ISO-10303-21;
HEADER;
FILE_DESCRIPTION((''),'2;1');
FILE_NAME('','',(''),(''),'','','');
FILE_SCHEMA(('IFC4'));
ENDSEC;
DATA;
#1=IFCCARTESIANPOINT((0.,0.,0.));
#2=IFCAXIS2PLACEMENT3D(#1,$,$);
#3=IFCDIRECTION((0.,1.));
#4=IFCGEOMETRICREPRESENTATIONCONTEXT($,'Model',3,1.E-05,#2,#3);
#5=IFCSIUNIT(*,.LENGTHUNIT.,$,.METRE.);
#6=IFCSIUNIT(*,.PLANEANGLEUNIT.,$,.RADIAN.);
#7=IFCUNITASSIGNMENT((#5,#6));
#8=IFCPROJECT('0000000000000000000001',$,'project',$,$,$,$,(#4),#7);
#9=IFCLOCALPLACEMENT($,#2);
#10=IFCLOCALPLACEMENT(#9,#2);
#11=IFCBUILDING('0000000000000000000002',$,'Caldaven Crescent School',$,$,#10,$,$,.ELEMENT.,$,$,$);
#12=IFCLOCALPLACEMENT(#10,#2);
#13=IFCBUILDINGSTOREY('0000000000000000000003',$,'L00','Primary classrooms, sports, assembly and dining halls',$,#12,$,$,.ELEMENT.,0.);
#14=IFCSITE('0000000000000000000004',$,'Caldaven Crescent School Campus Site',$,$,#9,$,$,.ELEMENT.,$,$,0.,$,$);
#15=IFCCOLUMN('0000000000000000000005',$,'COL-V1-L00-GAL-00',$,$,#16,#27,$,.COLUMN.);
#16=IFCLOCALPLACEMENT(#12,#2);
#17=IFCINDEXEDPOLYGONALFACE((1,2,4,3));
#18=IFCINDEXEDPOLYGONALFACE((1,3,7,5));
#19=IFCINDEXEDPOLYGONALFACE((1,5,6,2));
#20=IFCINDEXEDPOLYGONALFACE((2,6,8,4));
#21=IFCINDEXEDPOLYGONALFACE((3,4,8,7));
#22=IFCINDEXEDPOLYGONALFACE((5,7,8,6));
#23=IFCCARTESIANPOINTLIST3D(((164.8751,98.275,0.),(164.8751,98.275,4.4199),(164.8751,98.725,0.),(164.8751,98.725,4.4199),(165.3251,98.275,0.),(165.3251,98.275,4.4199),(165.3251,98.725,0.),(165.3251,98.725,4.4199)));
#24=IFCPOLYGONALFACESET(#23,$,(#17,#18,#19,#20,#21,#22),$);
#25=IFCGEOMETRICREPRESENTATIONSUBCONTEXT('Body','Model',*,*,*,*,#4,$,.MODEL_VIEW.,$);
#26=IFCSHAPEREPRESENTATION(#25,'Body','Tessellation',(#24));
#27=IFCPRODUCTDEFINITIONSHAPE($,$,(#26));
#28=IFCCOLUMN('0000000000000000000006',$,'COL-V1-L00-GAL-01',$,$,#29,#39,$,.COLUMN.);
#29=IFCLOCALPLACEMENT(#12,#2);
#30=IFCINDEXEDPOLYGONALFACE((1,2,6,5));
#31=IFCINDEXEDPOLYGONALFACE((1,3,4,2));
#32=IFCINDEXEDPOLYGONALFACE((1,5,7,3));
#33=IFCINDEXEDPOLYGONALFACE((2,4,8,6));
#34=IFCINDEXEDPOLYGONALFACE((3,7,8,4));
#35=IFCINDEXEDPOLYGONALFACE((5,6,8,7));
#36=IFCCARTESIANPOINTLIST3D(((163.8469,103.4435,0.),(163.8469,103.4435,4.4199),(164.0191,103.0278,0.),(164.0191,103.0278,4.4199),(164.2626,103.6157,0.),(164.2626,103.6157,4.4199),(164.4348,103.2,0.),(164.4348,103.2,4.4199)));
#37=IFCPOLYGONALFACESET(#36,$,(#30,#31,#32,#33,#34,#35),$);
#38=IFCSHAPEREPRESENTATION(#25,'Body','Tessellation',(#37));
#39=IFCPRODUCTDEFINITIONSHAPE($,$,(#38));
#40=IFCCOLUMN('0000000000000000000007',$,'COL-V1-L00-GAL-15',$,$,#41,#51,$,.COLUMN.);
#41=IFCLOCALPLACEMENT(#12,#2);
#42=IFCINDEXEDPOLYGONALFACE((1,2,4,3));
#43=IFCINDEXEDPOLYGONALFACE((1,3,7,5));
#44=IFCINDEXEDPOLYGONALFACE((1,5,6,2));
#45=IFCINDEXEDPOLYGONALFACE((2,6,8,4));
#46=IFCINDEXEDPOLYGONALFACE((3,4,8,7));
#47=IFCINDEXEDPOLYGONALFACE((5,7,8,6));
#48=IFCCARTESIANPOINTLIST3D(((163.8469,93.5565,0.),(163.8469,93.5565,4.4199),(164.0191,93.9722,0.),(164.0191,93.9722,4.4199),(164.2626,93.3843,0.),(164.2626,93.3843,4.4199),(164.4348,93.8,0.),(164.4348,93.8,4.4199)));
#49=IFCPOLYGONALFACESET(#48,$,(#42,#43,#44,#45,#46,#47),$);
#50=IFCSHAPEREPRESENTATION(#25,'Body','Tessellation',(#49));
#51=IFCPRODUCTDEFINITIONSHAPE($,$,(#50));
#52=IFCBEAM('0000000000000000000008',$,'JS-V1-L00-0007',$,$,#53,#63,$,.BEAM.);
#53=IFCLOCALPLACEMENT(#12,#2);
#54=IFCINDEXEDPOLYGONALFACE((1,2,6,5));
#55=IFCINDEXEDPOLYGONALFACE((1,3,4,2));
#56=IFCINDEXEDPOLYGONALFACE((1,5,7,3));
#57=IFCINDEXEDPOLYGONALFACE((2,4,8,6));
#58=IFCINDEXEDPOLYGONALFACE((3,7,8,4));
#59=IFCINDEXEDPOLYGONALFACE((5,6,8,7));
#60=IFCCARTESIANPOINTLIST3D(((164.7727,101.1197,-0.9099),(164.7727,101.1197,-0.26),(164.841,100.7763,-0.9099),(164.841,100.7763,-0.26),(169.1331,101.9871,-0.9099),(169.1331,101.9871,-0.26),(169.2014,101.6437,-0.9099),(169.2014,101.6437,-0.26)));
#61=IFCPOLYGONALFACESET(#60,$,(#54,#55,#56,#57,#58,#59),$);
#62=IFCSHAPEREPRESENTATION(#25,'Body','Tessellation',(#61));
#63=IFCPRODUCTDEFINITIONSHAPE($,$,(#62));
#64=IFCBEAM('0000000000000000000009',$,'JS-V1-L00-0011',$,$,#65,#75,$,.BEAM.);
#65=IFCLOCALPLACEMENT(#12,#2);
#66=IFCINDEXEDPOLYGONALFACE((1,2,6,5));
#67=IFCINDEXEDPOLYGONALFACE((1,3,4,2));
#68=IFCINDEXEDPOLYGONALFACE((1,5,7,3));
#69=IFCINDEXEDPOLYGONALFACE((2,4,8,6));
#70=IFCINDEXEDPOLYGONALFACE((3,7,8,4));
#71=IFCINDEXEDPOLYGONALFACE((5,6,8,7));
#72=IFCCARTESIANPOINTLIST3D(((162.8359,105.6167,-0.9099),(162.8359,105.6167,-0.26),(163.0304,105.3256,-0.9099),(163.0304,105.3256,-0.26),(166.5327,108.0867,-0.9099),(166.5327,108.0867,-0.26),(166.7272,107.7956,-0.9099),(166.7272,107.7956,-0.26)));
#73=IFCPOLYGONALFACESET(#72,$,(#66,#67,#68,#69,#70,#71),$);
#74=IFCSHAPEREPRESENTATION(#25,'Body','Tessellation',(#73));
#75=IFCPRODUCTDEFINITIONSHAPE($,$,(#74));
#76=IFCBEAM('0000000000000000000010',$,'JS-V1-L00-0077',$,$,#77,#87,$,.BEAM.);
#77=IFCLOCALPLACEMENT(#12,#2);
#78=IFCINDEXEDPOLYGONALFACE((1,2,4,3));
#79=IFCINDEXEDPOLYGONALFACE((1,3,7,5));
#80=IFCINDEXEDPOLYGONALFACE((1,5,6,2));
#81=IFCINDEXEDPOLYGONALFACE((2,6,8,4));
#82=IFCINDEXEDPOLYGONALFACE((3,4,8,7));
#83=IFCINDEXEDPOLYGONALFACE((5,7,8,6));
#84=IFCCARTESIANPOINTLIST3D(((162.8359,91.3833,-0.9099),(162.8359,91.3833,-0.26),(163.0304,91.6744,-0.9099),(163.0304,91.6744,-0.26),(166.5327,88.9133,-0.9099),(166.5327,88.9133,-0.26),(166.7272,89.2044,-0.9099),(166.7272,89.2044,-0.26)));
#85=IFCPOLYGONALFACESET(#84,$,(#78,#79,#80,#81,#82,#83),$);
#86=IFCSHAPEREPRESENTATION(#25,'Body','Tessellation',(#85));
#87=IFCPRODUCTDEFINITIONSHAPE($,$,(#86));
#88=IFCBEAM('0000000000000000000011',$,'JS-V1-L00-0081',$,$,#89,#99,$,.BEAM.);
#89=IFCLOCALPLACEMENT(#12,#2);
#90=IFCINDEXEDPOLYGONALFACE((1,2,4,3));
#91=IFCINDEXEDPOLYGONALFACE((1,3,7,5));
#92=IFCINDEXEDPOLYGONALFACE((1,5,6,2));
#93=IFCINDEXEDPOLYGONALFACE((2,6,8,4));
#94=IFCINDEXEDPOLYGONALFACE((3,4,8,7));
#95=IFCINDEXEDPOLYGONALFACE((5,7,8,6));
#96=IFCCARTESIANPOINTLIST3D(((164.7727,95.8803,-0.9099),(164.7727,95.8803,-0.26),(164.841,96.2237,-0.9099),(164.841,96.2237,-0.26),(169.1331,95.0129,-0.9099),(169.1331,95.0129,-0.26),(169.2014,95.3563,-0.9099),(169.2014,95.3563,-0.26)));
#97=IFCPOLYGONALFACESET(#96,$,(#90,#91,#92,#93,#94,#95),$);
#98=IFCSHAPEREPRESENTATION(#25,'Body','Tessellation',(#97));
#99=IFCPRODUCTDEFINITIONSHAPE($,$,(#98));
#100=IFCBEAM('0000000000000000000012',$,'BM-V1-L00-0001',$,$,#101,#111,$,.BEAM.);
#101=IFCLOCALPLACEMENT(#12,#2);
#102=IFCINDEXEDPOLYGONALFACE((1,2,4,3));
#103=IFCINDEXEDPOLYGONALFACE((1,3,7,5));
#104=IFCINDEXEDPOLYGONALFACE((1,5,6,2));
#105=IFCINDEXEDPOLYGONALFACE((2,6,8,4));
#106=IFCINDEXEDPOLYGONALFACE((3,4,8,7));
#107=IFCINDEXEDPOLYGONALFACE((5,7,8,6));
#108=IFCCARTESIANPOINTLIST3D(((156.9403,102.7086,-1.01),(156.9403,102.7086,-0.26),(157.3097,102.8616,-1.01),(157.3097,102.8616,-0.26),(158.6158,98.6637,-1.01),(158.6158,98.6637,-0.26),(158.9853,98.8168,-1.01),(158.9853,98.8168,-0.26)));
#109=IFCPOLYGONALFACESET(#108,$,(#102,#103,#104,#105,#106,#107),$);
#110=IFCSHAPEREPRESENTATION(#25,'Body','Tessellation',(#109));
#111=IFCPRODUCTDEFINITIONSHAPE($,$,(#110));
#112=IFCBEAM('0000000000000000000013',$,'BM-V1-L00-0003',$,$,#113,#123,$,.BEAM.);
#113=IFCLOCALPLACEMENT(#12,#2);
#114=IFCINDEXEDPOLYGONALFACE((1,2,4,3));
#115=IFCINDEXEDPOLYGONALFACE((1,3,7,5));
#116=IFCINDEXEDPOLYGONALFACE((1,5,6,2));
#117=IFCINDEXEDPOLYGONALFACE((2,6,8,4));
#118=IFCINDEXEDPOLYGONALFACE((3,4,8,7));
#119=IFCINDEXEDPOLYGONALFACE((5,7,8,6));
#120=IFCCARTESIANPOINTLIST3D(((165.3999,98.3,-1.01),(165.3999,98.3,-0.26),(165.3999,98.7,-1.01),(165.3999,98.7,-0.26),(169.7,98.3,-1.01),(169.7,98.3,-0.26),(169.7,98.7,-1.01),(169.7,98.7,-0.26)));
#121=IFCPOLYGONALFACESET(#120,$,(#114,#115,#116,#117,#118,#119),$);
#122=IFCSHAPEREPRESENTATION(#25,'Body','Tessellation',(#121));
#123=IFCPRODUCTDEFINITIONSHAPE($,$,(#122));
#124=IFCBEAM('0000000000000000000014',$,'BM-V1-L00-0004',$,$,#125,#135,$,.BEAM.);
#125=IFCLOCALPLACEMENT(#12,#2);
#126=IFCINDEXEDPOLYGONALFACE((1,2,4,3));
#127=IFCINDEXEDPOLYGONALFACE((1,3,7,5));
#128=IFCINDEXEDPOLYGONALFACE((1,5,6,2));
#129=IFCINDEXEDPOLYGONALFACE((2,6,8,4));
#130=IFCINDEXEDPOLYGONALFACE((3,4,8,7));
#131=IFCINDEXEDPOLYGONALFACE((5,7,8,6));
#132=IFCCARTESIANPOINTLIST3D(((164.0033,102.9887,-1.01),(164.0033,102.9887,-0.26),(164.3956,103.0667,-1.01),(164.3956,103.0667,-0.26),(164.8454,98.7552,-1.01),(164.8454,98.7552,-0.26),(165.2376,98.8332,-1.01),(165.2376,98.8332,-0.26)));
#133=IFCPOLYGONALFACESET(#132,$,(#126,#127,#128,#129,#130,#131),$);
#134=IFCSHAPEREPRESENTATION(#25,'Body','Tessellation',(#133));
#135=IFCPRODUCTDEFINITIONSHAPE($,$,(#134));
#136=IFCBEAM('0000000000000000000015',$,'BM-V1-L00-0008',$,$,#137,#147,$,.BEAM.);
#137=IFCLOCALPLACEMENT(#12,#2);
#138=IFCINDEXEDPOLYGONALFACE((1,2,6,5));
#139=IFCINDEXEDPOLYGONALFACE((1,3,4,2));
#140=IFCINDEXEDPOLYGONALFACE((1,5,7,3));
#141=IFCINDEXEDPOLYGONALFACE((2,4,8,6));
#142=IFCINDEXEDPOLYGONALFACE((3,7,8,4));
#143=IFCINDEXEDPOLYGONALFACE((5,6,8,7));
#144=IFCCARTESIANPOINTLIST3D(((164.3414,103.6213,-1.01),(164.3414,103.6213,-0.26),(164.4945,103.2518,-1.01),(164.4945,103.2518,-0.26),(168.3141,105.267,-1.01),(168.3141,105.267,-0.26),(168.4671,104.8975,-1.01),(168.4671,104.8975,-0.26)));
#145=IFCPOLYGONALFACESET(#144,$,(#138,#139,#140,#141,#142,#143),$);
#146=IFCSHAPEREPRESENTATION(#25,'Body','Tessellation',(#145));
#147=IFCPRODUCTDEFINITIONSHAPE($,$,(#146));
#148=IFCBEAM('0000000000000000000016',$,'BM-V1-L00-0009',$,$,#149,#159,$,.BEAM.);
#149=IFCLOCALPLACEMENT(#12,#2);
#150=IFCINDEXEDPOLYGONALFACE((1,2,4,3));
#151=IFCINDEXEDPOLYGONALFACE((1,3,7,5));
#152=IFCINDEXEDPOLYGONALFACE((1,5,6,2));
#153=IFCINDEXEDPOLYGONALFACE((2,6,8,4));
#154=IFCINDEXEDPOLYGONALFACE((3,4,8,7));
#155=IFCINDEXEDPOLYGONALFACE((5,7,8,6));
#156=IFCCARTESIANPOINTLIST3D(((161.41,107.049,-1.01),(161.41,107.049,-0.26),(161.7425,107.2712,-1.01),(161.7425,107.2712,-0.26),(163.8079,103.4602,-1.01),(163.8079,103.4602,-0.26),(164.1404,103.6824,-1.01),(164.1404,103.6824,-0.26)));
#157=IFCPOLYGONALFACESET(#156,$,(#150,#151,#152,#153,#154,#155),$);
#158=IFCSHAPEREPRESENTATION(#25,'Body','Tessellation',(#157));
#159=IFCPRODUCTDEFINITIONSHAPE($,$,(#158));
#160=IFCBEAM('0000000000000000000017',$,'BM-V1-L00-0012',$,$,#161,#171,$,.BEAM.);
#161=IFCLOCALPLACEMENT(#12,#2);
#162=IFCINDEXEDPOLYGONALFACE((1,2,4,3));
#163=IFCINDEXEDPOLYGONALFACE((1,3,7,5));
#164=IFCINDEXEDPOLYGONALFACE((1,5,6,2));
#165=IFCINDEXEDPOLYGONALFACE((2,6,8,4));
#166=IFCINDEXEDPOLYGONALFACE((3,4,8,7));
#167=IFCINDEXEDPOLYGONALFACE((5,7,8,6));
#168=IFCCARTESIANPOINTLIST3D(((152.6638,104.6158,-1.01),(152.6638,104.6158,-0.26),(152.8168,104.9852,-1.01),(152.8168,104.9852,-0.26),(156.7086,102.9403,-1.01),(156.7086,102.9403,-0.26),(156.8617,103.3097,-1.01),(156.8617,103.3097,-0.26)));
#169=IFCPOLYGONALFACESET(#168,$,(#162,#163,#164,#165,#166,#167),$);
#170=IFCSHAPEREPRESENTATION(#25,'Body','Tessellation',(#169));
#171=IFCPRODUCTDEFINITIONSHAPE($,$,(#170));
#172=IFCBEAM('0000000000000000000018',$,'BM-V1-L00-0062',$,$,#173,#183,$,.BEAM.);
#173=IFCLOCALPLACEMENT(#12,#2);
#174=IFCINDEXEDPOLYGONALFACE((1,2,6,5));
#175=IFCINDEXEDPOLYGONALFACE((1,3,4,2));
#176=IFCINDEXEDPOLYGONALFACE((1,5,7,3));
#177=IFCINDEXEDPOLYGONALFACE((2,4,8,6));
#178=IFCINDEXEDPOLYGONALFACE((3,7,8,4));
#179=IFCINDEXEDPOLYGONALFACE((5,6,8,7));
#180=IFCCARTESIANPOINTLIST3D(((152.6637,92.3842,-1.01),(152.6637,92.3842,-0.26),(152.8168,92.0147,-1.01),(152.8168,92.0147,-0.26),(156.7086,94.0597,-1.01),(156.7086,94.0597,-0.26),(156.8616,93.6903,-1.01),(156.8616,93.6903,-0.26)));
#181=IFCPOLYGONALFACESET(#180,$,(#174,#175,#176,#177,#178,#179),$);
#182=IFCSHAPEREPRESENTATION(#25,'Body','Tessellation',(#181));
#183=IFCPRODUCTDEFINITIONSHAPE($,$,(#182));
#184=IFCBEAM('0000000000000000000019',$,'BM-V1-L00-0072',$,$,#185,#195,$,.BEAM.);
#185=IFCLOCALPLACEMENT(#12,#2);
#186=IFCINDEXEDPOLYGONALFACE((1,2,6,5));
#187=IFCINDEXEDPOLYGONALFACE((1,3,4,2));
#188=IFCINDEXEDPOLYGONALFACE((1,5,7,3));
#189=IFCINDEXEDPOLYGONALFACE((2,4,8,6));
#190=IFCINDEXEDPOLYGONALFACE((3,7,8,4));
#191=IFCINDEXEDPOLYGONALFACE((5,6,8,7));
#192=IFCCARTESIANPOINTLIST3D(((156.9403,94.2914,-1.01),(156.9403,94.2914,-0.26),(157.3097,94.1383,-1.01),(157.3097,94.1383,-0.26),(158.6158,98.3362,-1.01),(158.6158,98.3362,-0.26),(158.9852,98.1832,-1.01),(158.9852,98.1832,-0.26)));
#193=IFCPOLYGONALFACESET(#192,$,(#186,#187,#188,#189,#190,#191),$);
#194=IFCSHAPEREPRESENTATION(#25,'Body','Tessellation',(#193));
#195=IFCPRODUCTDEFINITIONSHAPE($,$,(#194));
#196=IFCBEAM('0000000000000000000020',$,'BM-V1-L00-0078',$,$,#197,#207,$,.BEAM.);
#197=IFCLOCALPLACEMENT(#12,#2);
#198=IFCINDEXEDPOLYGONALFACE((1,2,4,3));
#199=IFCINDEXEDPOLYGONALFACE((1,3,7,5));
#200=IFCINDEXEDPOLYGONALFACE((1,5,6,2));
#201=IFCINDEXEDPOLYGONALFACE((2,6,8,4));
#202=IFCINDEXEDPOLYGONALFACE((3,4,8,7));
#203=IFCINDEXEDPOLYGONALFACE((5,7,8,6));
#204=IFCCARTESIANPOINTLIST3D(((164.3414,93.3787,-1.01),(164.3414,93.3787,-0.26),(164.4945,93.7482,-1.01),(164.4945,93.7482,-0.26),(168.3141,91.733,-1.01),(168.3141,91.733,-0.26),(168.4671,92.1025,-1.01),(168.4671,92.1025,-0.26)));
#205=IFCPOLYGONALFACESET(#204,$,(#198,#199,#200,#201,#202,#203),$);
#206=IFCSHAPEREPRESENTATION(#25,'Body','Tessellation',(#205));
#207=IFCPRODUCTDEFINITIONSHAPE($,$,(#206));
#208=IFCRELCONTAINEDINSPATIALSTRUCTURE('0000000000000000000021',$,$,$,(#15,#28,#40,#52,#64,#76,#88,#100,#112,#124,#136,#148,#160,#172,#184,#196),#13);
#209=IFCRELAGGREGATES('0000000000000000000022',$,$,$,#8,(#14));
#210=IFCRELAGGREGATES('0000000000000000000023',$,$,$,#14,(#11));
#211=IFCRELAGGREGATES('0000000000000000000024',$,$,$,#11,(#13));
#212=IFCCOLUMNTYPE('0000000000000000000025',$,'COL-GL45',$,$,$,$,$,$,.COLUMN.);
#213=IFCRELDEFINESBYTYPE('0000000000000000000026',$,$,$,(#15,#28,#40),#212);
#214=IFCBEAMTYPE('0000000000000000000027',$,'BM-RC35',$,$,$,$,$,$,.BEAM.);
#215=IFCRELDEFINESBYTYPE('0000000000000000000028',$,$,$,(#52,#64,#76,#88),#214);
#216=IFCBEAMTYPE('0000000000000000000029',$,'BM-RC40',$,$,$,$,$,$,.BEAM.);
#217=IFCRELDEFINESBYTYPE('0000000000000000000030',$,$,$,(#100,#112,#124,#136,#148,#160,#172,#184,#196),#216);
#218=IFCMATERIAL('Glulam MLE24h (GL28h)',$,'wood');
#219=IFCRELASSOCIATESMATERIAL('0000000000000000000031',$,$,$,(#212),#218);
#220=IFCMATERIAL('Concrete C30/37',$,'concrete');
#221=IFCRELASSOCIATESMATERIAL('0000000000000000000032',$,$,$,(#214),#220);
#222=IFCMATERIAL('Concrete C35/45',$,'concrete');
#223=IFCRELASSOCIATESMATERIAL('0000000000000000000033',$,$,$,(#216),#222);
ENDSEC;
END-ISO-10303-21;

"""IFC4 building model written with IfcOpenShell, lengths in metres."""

from ifc_helpers import new_model, si_unit, direction, frame, origin, origin_2d, place, context, subcontext, project, spatial, rectangle, extrude, material, material_profile, profile_set, type_object, element, save


model = new_model("IFC4")

# Units and contexts
model_context = context("Model", 3, precision=1e-05, world=origin(), true_north=direction((0.0, 1.0)))
body_context = subcontext(model_context, "Body", "Model", "MODEL_VIEW")
ifc_project = project(units=[si_unit("LENGTHUNIT", "METRE"), si_unit("PLANEANGLEUNIT", "RADIAN")], contexts=[model_context])

# Site, building, storey
site_placement = place(None, origin())
site = spatial("IfcSite", under=ifc_project, at=site_placement, Name="Caldaven Crescent School Campus Site", CompositionType="ELEMENT", RefElevation=0.0)
building_placement = place(site_placement, origin())
building = spatial("IfcBuilding", under=site, at=building_placement, Name="Caldaven Crescent School", CompositionType="ELEMENT")
storey_placement = place(building_placement, origin())
storey = spatial("IfcBuildingStorey", under=building, at=storey_placement, Name="L00", Description="Primary classrooms, sports, assembly and dining halls", CompositionType="ELEMENT", Elevation=0.0)

# Columns
ifc_material_1 = material(Name="Glulam MLE24h (GL28h)", Category="wood")
ifc_material_profile_1 = material_profile(ifc_material_1, rectangle(XDim=0.45, YDim=0.45, at=origin_2d()), Name="MLE 450x450")
ifc_profile_set_1 = profile_set([ifc_material_profile_1], Name="Glulam MLE24h (GL28h)")
column_type = type_object("IfcColumnType", Name="COL-GL45", PredefinedType="COLUMN", material=ifc_profile_set_1)
for number, where, z_axis, x_axis, name in (
    (1, (165.1001, 98.5, 0.0), (0.0, 0.0, 1.0), (1.0, 0.0, 0.0), "COL-V1-L00-GAL-00"),
    (2, (164.1409, 103.3218, 0.0), (0.0, 0.0, 1.0), (0.92388, 0.382683, 0.0), "COL-V1-L00-GAL-01"),
    (3, (164.1409, 93.6782, 0.0), (0.0, 0.0, 1.0), (0.92388, -0.382683, 0.0), "COL-V1-L00-GAL-15"),
):
    element("IfcColumn", number, at=place(storey_placement, frame(where, z_axis=z_axis, x_axis=x_axis)), inside=storey, type_object=column_type, Name=name, PredefinedType="COLUMN", context=body_context, shape_type="SweptSolid", body=[
        extrude(rectangle(XDim=0.45, YDim=0.45, at=origin_2d()), origin(), (0.0, 0.0, 1.0), 4.4199),
    ])

# Beams
ifc_material_2 = material(Name="Concrete C30/37", Category="concrete")
ifc_material_profile_2 = material_profile(ifc_material_2, rectangle(XDim=0.3501, YDim=0.6499, at=origin_2d()), Name="RC 350x650")
ifc_profile_set_2 = profile_set([ifc_material_profile_2], Name="Concrete C30/37")
beam_type_1 = type_object("IfcBeamType", Name="BM-RC35", PredefinedType="BEAM", material=ifc_profile_set_2)
beam_1_placement = place(storey_placement, frame((164.8069, 100.948, -0.585), z_axis=(0.980781, 0.195113, 0.0), x_axis=(-0.195113, 0.980781, 0.0)))
element("IfcBeam", 4, at=beam_1_placement, inside=storey, type_object=beam_type_1, Name="JS-V1-L00-0007", PredefinedType="BEAM", context=body_context, shape_type="SweptSolid", body=[
    extrude(rectangle(XDim=0.3501, YDim=0.6499, at=origin_2d()), origin(), (0.0, 0.0, 1.0), 4.4458),
])
for number, where, z_axis, x_axis, name in (
    (5, (162.9331, 105.4712, -0.585), (0.831484, 0.555549, 0.0), (-0.555549, 0.831484, 0.0), "JS-V1-L00-0011"),
    (6, (162.9331, 91.5288, -0.585), (0.831484, -0.555549, 0.0), (0.555549, 0.831484, 0.0), "JS-V1-L00-0077"),
):
    element("IfcBeam", number, at=place(storey_placement, frame(where, z_axis=z_axis, x_axis=x_axis)), inside=storey, type_object=beam_type_1, Name=name, PredefinedType="BEAM", context=body_context, shape_type="SweptSolid", body=[
        extrude(rectangle(XDim=0.3501, YDim=0.6499, at=origin_2d()), origin(), (0.0, 0.0, 1.0), 4.446),
    ])
beam_2_placement = place(storey_placement, frame((164.8069, 96.052, -0.585), z_axis=(0.980781, -0.195113, 0.0), x_axis=(0.195113, 0.980781, 0.0)))
element("IfcBeam", 7, at=beam_2_placement, inside=storey, type_object=beam_type_1, Name="JS-V1-L00-0081", PredefinedType="BEAM", context=body_context, shape_type="SweptSolid", body=[
    extrude(rectangle(XDim=0.3501, YDim=0.6499, at=origin_2d()), origin(), (0.0, 0.0, 1.0), 4.4458),
])
ifc_material_3 = material(Name="Concrete C35/45", Category="concrete")
ifc_material_profile_3 = material_profile(ifc_material_3, rectangle(XDim=0.3999, YDim=0.75, at=origin_2d()), Name="RC 400x750")
ifc_profile_set_3 = profile_set([ifc_material_profile_3], Name="Concrete C35/45")
beam_type_2 = type_object("IfcBeamType", Name="BM-RC40", PredefinedType="BEAM", material=ifc_profile_set_3)
beam_3_placement = place(storey_placement, frame((158.8005, 98.7402, -0.635), z_axis=(-0.382698, 0.923873, 0.0), x_axis=(-0.923873, -0.382698, 0.0)))
element("IfcBeam", 8, at=beam_3_placement, inside=storey, type_object=beam_type_2, Name="BM-V1-L00-0001", PredefinedType="BEAM", context=body_context, shape_type="SweptSolid", body=[
    extrude(rectangle(XDim=0.3999, YDim=0.75, at=origin_2d()), origin(), (0.0, 0.0, 1.0), 4.3782),
])
beam_4_placement = place(storey_placement, frame((165.3999, 98.5, -0.635), z_axis=(1.0, 0.0, 0.0), x_axis=(0.0, 1.0, 0.0)))
element("IfcBeam", 9, at=beam_4_placement, inside=storey, type_object=beam_type_2, Name="BM-V1-L00-0003", PredefinedType="BEAM", context=body_context, shape_type="SweptSolid", body=[
    extrude(rectangle(XDim=0.3999, YDim=0.75, at=origin_2d()), origin(), (0.0, 0.0, 1.0), 4.3),
])
beam_5_placement = place(storey_placement, frame((165.0415, 98.7942, -0.635), z_axis=(-0.195083, 0.980787, 0.0), x_axis=(-0.980787, -0.195083, 0.0)))
element("IfcBeam", 10, at=beam_5_placement, inside=storey, type_object=beam_type_2, Name="BM-V1-L00-0004", PredefinedType="BEAM", context=body_context, shape_type="SweptSolid", body=[
    extrude(rectangle(XDim=0.3999, YDim=0.75, at=origin_2d()), origin(), (0.0, 0.0, 1.0), 4.3164),
])
beam_6_placement = place(storey_placement, frame((164.418, 103.4365, -0.635), z_axis=(0.923861, 0.382728, 0.0), x_axis=(-0.382728, 0.923861, 0.0)))
element("IfcBeam", 11, at=beam_6_placement, inside=storey, type_object=beam_type_2, Name="BM-V1-L00-0008", PredefinedType="BEAM", context=body_context, shape_type="SweptSolid", body=[
    extrude(rectangle(XDim=0.3999, YDim=0.75, at=origin_2d()), origin(), (0.0, 0.0, 1.0), 4.3),
])
beam_7_placement = place(storey_placement, frame((163.9741, 103.5713, -0.635), z_axis=(-0.555561, 0.831476, 0.0), x_axis=(-0.831476, -0.555561, 0.0)))
element("IfcBeam", 12, at=beam_7_placement, inside=storey, type_object=beam_type_2, Name="BM-V1-L00-0009", PredefinedType="BEAM", context=body_context, shape_type="SweptSolid", body=[
    extrude(rectangle(XDim=0.3999, YDim=0.75, at=origin_2d()), origin(), (0.0, 0.0, 1.0), 4.3162),
])
for number, where, z_axis, x_axis, name in (
    (13, (156.7852, 103.125, -0.635), (-0.923873, 0.382698, 0.0), (-0.382698, -0.923873, 0.0), "BM-V1-L00-0012"),
    (14, (152.7402, 92.1995, -0.635), (0.923873, 0.382698, 0.0), (-0.382698, 0.923873, 0.0), "BM-V1-L00-0062"),
    (15, (157.125, 94.2148, -0.635), (0.382698, 0.923873, 0.0), (-0.923873, 0.382698, 0.0), "BM-V1-L00-0072"),
):
    element("IfcBeam", number, at=place(storey_placement, frame(where, z_axis=z_axis, x_axis=x_axis)), inside=storey, type_object=beam_type_2, Name=name, PredefinedType="BEAM", context=body_context, shape_type="SweptSolid", body=[
        extrude(rectangle(XDim=0.3999, YDim=0.75, at=origin_2d()), origin(), (0.0, 0.0, 1.0), 4.3782),
    ])
beam_8_placement = place(storey_placement, frame((164.418, 93.5635, -0.635), z_axis=(0.923861, -0.382728, 0.0), x_axis=(0.382728, 0.923861, 0.0)))
element("IfcBeam", 16, at=beam_8_placement, inside=storey, type_object=beam_type_2, Name="BM-V1-L00-0078", PredefinedType="BEAM", context=body_context, shape_type="SweptSolid", body=[
    extrude(rectangle(XDim=0.3999, YDim=0.75, at=origin_2d()), origin(), (0.0, 0.0, 1.0), 4.3),
])

save(model, "model.ifc")
